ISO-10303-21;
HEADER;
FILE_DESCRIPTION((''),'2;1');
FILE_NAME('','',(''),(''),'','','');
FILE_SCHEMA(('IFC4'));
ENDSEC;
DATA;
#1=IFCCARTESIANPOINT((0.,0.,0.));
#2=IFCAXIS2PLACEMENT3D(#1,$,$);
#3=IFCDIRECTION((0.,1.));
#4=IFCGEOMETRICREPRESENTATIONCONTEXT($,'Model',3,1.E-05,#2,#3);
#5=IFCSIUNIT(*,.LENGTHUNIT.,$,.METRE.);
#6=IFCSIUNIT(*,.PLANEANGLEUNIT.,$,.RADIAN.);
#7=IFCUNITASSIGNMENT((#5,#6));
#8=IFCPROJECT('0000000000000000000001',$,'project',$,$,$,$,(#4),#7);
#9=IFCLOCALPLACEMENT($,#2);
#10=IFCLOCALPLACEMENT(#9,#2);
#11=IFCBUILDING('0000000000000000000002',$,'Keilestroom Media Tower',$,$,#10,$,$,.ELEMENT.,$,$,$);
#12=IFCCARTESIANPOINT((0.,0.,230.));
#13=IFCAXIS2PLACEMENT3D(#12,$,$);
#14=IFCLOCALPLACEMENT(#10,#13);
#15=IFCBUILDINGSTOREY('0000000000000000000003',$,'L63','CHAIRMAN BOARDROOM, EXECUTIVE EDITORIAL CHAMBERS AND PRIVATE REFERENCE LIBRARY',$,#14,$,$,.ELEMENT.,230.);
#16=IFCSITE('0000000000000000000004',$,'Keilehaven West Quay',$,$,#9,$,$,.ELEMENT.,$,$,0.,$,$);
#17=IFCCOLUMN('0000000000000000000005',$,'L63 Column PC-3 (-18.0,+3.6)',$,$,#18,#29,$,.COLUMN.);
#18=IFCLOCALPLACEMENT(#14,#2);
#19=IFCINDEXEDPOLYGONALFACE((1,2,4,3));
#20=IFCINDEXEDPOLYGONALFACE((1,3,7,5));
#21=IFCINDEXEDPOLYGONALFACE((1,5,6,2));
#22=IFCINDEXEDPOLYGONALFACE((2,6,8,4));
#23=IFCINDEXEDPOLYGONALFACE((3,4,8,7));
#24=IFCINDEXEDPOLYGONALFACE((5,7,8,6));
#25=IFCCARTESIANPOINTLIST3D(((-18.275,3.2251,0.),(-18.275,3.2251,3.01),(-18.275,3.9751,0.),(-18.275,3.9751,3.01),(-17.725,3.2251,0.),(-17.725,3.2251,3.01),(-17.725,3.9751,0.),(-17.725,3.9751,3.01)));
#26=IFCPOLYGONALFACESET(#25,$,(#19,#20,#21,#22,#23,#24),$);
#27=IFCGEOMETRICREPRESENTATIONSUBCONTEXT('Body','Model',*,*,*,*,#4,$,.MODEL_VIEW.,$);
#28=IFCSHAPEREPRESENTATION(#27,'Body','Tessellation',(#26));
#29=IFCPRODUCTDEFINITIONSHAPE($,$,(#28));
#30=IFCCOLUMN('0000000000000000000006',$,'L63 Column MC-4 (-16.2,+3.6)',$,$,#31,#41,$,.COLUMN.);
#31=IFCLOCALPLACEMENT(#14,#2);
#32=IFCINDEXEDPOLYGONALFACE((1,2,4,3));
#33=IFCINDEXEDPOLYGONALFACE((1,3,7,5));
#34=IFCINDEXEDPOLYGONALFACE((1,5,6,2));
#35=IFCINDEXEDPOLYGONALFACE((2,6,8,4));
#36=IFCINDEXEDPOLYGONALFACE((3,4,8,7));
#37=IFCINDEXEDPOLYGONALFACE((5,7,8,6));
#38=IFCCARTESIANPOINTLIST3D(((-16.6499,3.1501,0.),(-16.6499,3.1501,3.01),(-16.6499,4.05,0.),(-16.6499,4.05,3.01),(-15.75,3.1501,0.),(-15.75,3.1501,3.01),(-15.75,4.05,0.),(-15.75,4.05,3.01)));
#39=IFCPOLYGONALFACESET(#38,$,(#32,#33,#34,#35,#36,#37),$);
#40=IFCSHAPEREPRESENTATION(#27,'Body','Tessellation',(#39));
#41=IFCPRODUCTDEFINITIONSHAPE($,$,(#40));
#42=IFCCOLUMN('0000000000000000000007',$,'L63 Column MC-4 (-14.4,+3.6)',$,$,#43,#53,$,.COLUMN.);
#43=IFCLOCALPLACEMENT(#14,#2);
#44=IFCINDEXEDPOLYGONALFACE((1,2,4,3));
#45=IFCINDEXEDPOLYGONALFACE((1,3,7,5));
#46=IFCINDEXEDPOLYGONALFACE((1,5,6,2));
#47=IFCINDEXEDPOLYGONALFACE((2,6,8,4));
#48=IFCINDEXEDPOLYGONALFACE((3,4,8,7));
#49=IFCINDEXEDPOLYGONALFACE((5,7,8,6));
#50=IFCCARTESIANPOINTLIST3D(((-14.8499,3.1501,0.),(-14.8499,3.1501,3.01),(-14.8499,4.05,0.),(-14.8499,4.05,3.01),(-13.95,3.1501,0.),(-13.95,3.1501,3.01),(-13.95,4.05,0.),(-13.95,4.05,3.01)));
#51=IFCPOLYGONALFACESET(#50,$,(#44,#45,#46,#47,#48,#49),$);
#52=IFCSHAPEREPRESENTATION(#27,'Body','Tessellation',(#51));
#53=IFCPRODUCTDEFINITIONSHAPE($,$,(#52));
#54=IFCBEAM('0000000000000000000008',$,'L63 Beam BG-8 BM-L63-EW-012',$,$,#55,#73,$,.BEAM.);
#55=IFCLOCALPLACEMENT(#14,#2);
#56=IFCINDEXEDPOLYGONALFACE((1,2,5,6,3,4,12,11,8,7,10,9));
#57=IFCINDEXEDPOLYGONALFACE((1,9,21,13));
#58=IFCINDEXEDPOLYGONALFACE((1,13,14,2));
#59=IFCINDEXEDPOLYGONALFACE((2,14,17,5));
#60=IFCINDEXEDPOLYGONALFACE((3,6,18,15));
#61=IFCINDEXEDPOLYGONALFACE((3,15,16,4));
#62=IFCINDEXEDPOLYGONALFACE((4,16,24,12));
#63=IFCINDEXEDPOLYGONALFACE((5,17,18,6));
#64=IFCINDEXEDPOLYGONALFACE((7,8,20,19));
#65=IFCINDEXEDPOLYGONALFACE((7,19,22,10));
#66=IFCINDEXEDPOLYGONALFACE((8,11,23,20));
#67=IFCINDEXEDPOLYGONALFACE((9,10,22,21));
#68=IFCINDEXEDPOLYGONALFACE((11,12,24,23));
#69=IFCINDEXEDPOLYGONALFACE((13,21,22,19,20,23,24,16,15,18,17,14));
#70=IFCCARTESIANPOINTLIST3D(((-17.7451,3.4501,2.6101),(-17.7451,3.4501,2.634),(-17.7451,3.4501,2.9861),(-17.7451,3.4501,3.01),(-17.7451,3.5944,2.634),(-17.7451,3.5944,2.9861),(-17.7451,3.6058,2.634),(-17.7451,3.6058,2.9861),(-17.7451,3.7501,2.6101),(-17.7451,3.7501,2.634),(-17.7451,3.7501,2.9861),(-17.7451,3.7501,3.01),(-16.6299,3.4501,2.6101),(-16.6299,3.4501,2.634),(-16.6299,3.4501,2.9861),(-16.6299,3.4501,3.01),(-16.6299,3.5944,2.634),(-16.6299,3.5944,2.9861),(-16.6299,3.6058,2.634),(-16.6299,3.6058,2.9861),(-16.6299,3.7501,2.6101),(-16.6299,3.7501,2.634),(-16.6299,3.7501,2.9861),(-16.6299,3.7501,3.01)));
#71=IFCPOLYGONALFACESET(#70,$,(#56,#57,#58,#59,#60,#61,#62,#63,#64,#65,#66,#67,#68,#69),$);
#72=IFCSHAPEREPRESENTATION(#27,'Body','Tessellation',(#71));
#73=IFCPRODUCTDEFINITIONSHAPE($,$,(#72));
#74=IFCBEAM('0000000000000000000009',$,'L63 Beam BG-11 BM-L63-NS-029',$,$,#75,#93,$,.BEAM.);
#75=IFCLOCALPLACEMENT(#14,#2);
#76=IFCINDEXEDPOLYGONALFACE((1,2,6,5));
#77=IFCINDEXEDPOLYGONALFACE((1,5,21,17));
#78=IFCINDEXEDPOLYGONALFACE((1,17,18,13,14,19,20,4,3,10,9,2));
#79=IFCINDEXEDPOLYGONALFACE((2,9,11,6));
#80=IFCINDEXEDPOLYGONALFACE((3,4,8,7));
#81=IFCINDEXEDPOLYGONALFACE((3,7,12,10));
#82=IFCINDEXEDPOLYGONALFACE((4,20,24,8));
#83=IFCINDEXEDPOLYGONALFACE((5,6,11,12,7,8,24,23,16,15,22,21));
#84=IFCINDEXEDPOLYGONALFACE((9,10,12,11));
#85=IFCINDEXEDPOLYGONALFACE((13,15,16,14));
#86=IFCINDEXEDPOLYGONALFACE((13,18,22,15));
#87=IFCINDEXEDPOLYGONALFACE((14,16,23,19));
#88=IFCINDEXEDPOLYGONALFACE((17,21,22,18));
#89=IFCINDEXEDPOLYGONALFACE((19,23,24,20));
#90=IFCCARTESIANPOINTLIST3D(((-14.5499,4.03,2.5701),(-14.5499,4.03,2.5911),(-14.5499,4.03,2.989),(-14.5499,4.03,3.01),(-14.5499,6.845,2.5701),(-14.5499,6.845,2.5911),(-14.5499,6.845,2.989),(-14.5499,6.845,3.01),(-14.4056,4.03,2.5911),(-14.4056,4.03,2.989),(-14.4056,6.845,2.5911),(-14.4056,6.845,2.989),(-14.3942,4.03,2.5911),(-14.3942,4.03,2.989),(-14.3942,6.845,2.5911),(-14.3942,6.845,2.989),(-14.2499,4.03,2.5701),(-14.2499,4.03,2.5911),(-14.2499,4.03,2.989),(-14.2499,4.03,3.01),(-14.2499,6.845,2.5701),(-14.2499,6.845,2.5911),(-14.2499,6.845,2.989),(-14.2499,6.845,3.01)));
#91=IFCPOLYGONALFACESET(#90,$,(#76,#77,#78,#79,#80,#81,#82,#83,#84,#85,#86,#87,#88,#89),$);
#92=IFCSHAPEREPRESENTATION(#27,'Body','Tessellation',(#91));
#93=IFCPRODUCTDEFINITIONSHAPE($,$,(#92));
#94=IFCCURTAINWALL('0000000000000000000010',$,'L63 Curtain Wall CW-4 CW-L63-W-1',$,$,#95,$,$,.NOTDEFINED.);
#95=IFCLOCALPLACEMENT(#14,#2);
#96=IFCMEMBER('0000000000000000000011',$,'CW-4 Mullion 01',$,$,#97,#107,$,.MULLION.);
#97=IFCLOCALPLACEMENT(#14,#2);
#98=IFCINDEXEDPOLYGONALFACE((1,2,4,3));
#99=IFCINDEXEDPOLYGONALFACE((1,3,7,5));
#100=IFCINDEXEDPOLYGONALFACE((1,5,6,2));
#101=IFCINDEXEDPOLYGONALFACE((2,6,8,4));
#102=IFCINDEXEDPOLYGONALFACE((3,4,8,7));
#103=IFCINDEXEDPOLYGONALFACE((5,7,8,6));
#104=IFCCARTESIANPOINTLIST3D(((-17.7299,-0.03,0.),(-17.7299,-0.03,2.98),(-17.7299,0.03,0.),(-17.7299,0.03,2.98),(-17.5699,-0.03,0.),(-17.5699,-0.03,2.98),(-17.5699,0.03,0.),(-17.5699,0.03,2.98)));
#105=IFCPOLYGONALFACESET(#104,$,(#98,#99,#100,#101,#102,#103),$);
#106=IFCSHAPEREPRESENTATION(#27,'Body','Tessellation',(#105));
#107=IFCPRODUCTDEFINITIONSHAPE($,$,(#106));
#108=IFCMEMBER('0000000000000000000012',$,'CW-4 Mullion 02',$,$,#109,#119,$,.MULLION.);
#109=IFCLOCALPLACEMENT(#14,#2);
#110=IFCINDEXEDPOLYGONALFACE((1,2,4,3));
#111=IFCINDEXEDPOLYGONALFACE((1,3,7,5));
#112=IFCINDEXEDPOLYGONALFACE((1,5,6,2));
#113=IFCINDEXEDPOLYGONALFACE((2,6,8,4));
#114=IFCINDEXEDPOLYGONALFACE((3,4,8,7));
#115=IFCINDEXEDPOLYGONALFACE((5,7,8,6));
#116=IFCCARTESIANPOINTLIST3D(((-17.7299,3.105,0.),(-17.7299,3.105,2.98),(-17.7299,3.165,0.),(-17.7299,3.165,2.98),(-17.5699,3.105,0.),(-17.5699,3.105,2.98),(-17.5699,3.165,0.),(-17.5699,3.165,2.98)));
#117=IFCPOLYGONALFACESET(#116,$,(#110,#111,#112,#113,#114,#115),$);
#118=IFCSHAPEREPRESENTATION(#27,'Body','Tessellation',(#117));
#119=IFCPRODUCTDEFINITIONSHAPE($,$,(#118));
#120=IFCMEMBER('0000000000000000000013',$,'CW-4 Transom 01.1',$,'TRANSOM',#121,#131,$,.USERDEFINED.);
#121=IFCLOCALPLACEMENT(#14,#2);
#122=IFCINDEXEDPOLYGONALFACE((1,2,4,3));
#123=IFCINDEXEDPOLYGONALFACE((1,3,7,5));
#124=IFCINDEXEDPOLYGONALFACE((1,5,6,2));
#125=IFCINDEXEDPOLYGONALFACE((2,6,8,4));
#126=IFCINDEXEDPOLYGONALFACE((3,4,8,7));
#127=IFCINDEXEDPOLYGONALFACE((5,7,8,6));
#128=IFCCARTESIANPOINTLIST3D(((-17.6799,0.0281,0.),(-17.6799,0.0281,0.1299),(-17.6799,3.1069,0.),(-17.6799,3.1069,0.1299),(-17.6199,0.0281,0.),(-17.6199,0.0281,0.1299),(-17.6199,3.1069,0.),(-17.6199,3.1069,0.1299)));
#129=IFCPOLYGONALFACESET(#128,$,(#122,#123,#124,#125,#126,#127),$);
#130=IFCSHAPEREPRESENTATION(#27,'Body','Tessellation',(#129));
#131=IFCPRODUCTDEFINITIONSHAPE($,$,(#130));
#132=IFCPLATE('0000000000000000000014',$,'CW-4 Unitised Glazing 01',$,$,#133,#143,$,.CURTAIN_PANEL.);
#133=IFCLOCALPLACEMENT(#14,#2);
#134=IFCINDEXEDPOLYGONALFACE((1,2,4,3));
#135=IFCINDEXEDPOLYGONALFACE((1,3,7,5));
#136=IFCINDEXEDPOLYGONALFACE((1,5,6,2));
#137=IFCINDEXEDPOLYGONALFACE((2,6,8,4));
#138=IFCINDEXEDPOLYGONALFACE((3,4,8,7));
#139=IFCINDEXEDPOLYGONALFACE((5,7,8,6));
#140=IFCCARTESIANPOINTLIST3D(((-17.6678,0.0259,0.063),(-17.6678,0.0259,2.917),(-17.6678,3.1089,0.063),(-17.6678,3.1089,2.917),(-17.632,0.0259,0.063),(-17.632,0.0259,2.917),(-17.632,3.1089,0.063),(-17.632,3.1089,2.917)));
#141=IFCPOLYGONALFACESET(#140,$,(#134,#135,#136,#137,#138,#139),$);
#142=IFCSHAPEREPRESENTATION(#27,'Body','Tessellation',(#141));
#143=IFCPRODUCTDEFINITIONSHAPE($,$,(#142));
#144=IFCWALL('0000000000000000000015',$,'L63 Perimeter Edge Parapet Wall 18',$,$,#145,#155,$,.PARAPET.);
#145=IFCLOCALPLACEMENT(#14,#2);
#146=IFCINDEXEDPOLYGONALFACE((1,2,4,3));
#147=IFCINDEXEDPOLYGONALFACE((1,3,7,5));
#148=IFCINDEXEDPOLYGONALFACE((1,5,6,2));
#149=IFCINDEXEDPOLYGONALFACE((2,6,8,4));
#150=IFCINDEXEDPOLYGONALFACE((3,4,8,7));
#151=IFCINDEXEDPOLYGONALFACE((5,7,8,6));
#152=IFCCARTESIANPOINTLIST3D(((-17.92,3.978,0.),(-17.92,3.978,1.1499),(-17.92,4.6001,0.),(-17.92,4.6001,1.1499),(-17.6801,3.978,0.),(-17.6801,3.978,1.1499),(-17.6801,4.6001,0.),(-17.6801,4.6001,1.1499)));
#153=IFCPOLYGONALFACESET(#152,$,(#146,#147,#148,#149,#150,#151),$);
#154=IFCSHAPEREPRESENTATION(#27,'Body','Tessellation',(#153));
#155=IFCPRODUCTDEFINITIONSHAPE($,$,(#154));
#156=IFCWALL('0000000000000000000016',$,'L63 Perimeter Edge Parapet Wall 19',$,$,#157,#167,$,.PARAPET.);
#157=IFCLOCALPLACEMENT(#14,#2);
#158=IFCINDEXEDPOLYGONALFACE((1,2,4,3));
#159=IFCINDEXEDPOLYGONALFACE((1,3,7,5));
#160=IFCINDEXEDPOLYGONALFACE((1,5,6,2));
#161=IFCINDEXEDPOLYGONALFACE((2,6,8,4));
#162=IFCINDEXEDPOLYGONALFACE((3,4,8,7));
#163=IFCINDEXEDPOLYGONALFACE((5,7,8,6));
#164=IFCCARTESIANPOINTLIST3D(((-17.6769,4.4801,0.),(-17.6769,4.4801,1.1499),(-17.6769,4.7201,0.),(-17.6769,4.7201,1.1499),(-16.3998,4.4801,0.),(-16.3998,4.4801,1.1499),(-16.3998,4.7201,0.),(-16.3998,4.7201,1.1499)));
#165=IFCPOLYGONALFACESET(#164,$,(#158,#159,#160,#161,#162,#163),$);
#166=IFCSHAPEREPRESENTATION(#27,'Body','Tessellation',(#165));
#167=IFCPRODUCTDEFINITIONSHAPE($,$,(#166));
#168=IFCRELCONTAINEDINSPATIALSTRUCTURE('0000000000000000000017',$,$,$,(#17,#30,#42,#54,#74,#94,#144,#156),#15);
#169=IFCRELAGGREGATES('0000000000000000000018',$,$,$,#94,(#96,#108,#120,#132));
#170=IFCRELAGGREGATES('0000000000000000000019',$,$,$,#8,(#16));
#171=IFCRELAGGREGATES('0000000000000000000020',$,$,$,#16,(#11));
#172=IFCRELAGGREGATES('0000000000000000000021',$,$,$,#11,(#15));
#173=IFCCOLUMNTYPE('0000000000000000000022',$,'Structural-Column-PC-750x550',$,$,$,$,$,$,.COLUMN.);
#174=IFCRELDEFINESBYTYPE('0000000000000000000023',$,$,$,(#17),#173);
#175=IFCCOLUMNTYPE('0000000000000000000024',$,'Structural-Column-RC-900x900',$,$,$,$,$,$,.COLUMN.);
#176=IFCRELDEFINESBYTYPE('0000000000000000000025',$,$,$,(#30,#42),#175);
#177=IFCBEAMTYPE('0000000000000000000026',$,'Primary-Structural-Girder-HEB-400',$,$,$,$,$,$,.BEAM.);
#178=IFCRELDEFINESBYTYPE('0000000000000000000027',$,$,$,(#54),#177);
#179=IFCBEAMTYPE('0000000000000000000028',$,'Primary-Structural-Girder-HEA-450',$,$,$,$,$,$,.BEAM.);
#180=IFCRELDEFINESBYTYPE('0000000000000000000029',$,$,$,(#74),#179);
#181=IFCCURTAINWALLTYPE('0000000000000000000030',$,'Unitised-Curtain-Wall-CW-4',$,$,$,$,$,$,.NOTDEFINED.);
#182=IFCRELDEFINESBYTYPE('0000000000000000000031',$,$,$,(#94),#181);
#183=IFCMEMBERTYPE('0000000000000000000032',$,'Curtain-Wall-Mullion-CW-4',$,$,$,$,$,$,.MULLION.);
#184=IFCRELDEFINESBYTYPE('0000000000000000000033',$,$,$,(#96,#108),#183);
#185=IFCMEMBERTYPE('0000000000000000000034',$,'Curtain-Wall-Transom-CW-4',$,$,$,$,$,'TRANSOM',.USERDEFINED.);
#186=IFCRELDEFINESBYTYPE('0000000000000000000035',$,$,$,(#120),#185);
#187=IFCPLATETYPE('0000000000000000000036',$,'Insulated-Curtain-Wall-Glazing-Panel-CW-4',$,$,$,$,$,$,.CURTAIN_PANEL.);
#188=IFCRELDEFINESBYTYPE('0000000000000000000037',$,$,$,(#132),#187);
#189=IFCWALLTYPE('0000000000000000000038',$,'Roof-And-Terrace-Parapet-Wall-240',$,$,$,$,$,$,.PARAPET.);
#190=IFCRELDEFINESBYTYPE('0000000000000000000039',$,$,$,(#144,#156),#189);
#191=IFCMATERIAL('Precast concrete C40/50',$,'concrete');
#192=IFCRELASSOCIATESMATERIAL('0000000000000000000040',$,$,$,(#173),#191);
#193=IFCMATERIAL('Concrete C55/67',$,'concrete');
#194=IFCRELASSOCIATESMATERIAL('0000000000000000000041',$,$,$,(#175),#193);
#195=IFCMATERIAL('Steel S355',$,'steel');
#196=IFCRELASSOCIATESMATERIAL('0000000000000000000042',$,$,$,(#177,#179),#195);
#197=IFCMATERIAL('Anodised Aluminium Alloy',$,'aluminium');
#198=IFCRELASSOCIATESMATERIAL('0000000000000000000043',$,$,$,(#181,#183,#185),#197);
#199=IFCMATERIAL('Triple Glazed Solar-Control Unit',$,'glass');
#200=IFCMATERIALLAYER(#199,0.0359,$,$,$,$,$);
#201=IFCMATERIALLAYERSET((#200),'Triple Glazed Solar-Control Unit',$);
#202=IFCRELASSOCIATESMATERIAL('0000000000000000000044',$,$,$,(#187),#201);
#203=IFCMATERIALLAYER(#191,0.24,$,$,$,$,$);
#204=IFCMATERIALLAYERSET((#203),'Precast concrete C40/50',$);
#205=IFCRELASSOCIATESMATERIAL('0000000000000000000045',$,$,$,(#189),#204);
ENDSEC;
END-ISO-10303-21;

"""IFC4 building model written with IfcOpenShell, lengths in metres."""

from ifc_helpers import new_model, si_unit, direction, frame, frame_2d, origin, origin_2d, place, context, subcontext, project, spatial, rectangle, i_section, extrude, source, transform, mapped, material, layer, layer_set, material_profile, profile_set, type_object, element, aggregate, save


model = new_model("IFC4")

# Units and contexts
model_context = context("Model", 3, precision=1e-05, world=origin(), true_north=direction((0.0, 1.0)))
body_context = subcontext(model_context, "Body", "Model", "MODEL_VIEW")
ifc_project = project(units=[si_unit("LENGTHUNIT", "METRE"), si_unit("PLANEANGLEUNIT", "RADIAN")], contexts=[model_context])

# Site, building, storey
site_placement = place(None, origin())
site = spatial("IfcSite", under=ifc_project, at=site_placement, Name="Keilehaven West Quay", CompositionType="ELEMENT", RefElevation=0.0)
building_placement = place(site_placement, origin())
building = spatial("IfcBuilding", under=site, at=building_placement, Name="Keilestroom Media Tower", CompositionType="ELEMENT")
storey_placement = place(building_placement, frame((0.0, 0.0, 230.0)))
storey = spatial("IfcBuildingStorey", under=building, at=storey_placement, Name="L63", Description="CHAIRMAN BOARDROOM, EXECUTIVE EDITORIAL CHAMBERS AND PRIVATE REFERENCE LIBRARY", CompositionType="ELEMENT", Elevation=230.0)

# Columns
ifc_material_1 = material(Name="Precast concrete C40/50", Category="concrete")
ifc_material_profile_1 = material_profile(ifc_material_1, rectangle(XDim=0.55, YDim=0.75, at=origin_2d()), Name="PC 750x550")
ifc_profile_set_1 = profile_set([ifc_material_profile_1], Name="Precast concrete C40/50")
column_type_1 = type_object("IfcColumnType", Name="Structural-Column-PC-750x550", PredefinedType="COLUMN", material=ifc_profile_set_1)
shared_shape_1 = source(origin(), body_context, "Body", "SweptSolid", [
    extrude(rectangle(XDim=0.55, YDim=0.75, at=origin_2d()), origin(), (0.0, 0.0, 1.0), 3.01),
])
column_placement = place(storey_placement, frame((-18.0, 3.6001, 0.0), z_axis=(0.0, 0.0, 1.0), x_axis=(1.0, 0.0, 0.0)))
element("IfcColumn", 1, at=column_placement, inside=storey, type_object=column_type_1, Name="L63 Column PC-3 (-18.0,+3.6)", PredefinedType="COLUMN", context=body_context, shape_type="MappedRepresentation", body=[
    mapped(shared_shape_1, transform((0.0, 0.0, 0.0), x_axis=(1.0, 0.0, 0.0), y_axis=(0.0, 1.0, 0.0), z_axis=(0.0, 0.0, 1.0), scale=1.0)),
])
ifc_material_2 = material(Name="Concrete C55/67", Category="concrete")
ifc_material_profile_2 = material_profile(ifc_material_2, rectangle(XDim=0.8999, YDim=0.8999, at=origin_2d()), Name="RC 900x900")
ifc_profile_set_2 = profile_set([ifc_material_profile_2], Name="Concrete C55/67")
column_type_2 = type_object("IfcColumnType", Name="Structural-Column-RC-900x900", PredefinedType="COLUMN", material=ifc_profile_set_2)
shared_shape_2 = source(origin(), body_context, "Body", "SweptSolid", [
    extrude(rectangle(XDim=0.8999, YDim=0.8999, at=origin_2d()), origin(), (0.0, 0.0, 1.0), 3.01),
])
for number, where, z_axis, x_axis, name in (
    (2, (-16.2, 3.6001, 0.0), (0.0, 0.0, 1.0), (1.0, 0.0, 0.0), "L63 Column MC-4 (-16.2,+3.6)"),
    (3, (-14.3999, 3.6001, 0.0), (0.0, 0.0, 1.0), (1.0, 0.0, 0.0), "L63 Column MC-4 (-14.4,+3.6)"),
):
    element("IfcColumn", number, at=place(storey_placement, frame(where, z_axis=z_axis, x_axis=x_axis)), inside=storey, type_object=column_type_2, Name=name, PredefinedType="COLUMN", context=body_context, shape_type="MappedRepresentation", body=[
        mapped(shared_shape_2, transform((0.0, 0.0, 0.0), x_axis=(1.0, 0.0, 0.0), y_axis=(0.0, 1.0, 0.0), z_axis=(0.0, 0.0, 1.0), scale=1.0)),
    ])

# Beams
ifc_material_3 = material(Name="Steel S355", Category="steel")
ifc_material_profile_3 = material_profile(ifc_material_3, i_section(OverallWidth=0.3, OverallDepth=0.3999, WebThickness=0.0115, FlangeThickness=0.0239, at=origin_2d()), Name="HEB 400")
ifc_profile_set_3 = profile_set([ifc_material_profile_3], Name="Steel S355")
beam_type_1 = type_object("IfcBeamType", Name="Primary-Structural-Girder-HEB-400", PredefinedType="BEAM", material=ifc_profile_set_3)
shared_shape_3 = source(origin(), body_context, "Body", "SweptSolid", [
    extrude(i_section(OverallWidth=0.3, OverallDepth=0.3999, WebThickness=0.0115, FlangeThickness=0.0239, at=origin_2d()), origin(), (0.0, 0.0, 1.0), 1.1152),
])
beam_1_placement = place(storey_placement, frame((-17.7451, 3.6001, 2.8101), z_axis=(1.0, 0.0, 0.0), x_axis=(0.0, 1.0, 0.0)))
element("IfcBeam", 4, at=beam_1_placement, inside=storey, type_object=beam_type_1, Name="L63 Beam BG-8 BM-L63-EW-012", PredefinedType="BEAM", context=body_context, shape_type="MappedRepresentation", body=[
    mapped(shared_shape_3, transform((0.0, 0.0, 0.0), x_axis=(1.0, 0.0, 0.0), y_axis=(0.0, 1.0, 0.0), z_axis=(0.0, 0.0, 1.0), scale=1.0)),
])
ifc_material_profile_4 = material_profile(ifc_material_3, i_section(OverallWidth=0.3, OverallDepth=0.4399, WebThickness=0.0115, FlangeThickness=0.021, at=origin_2d()), Name="HEA 450")
ifc_profile_set_4 = profile_set([ifc_material_profile_4], Name="Steel S355")
beam_type_2 = type_object("IfcBeamType", Name="Primary-Structural-Girder-HEA-450", PredefinedType="BEAM", material=ifc_profile_set_4)
shared_shape_4 = source(origin(), body_context, "Body", "SweptSolid", [
    extrude(i_section(OverallWidth=0.3, OverallDepth=0.4399, WebThickness=0.0115, FlangeThickness=0.021, at=origin_2d()), origin(), (0.0, 0.0, 1.0), 2.8149),
])
beam_2_placement = place(storey_placement, frame((-14.3999, 4.03, 2.79), z_axis=(0.0, 1.0, 0.0), x_axis=(-1.0, 0.0, 0.0)))
element("IfcBeam", 5, at=beam_2_placement, inside=storey, type_object=beam_type_2, Name="L63 Beam BG-11 BM-L63-NS-029", PredefinedType="BEAM", context=body_context, shape_type="MappedRepresentation", body=[
    mapped(shared_shape_4, transform((0.0, 0.0, 0.0), x_axis=(1.0, 0.0, 0.0), y_axis=(0.0, 1.0, 0.0), z_axis=(0.0, 0.0, 1.0), scale=1.0)),
])

# Curtain wall, members, plate
ifc_material_4 = material(Name="Anodised Aluminium Alloy", Category="aluminium")
curtain_wall_type = type_object("IfcCurtainWallType", Name="Unitised-Curtain-Wall-CW-4", PredefinedType="NOTDEFINED", material=ifc_material_4)
curtain_wall_placement = place(storey_placement, origin())
curtain_wall = element("IfcCurtainWall", 6, at=curtain_wall_placement, inside=storey, type_object=curtain_wall_type, Name="L63 Curtain Wall CW-4 CW-L63-W-1", PredefinedType="NOTDEFINED")
ifc_material_profile_5 = material_profile(ifc_material_4, rectangle(XDim=0.0601, YDim=0.1599, at=origin_2d()), Name="ALU MULLION 60x160")
ifc_profile_set_5 = profile_set([ifc_material_profile_5], Name="Anodised Aluminium Alloy")
member_type_1 = type_object("IfcMemberType", Name="Curtain-Wall-Mullion-CW-4", PredefinedType="MULLION", material=ifc_profile_set_5)
shared_shape_5 = source(origin(), body_context, "Body", "SweptSolid", [
    extrude(rectangle(XDim=0.0601, YDim=0.1599, at=origin_2d()), origin(), (0.0, 0.0, 1.0), 2.98),
])
member_1_placement = place(storey_placement, frame((-17.6499, 0.0, 0.0), z_axis=(0.0, 0.0, 1.0), x_axis=(0.0, 1.0, 0.0)))
member_1 = element("IfcMember", 7, at=member_1_placement, type_object=member_type_1, Name="CW-4 Mullion 01", PredefinedType="MULLION", context=body_context, shape_type="MappedRepresentation", body=[
    mapped(shared_shape_5, transform((0.0, 0.0, 0.0), x_axis=(1.0, 0.0, 0.0), y_axis=(0.0, 1.0, 0.0), z_axis=(0.0, 0.0, 1.0), scale=1.0)),
])
member_2_placement = place(storey_placement, frame((-17.6499, 3.135, 0.0), z_axis=(0.0, 0.0, 1.0), x_axis=(0.0, 1.0, 0.0)))
member_2 = element("IfcMember", 8, at=member_2_placement, type_object=member_type_1, Name="CW-4 Mullion 02", PredefinedType="MULLION", context=body_context, shape_type="MappedRepresentation", body=[
    mapped(shared_shape_5, transform((0.0, 0.0, 0.0), x_axis=(1.0, 0.0, 0.0), y_axis=(0.0, 1.0, 0.0), z_axis=(0.0, 0.0, 1.0), scale=1.0)),
])
ifc_material_profile_6 = material_profile(ifc_material_4, rectangle(XDim=0.0601, YDim=0.1299, at=origin_2d()), Name="ALU TRANSOM 60x130")
ifc_profile_set_6 = profile_set([ifc_material_profile_6], Name="Anodised Aluminium Alloy")
member_type_2 = type_object("IfcMemberType", Name="Curtain-Wall-Transom-CW-4", ElementType="TRANSOM", PredefinedType="USERDEFINED", material=ifc_profile_set_6)
shared_shape_6 = source(origin(), body_context, "Body", "SweptSolid", [
    extrude(rectangle(XDim=0.0601, YDim=0.1299, at=origin_2d()), origin(), (0.0, 0.0, 1.0), 3.0789),
])
member_3_placement = place(storey_placement, frame((-17.6499, 0.0281, 0.0649), z_axis=(0.0, 1.0, 0.0), x_axis=(-1.0, 0.0, 0.0)))
member_3 = element("IfcMember", 9, at=member_3_placement, type_object=member_type_2, Name="CW-4 Transom 01.1", ObjectType="TRANSOM", PredefinedType="USERDEFINED", context=body_context, shape_type="MappedRepresentation", body=[
    mapped(shared_shape_6, transform((0.0, 0.0, 0.0), x_axis=(1.0, 0.0, 0.0), y_axis=(0.0, 1.0, 0.0), z_axis=(0.0, 0.0, 1.0), scale=1.0)),
])
ifc_material_5 = material(Name="Triple Glazed Solar-Control Unit", Category="glass")
ifc_layer_1 = layer(ifc_material_5, 0.0359)
ifc_layer_set_1 = layer_set([ifc_layer_1], Name="Triple Glazed Solar-Control Unit")
plate_type = type_object("IfcPlateType", Name="Insulated-Curtain-Wall-Glazing-Panel-CW-4", PredefinedType="CURTAIN_PANEL", material=ifc_layer_set_1)
shared_shape_7 = source(origin(), body_context, "Body", "SweptSolid", [
    extrude(rectangle(XDim=3.083, YDim=0.0359, at=origin_2d()), origin(), (0.0, 0.0, 1.0), 2.854),
])
plate_placement = place(storey_placement, frame((-17.6499, 1.5674, 0.063), z_axis=(0.0, 0.0, 1.0), x_axis=(0.0, 1.0, 0.0)))
plate = element("IfcPlate", 10, at=plate_placement, type_object=plate_type, Name="CW-4 Unitised Glazing 01", PredefinedType="CURTAIN_PANEL", context=body_context, shape_type="MappedRepresentation", body=[
    mapped(shared_shape_7, transform((0.0, 0.0, 0.0), x_axis=(1.0, 0.0, 0.0), y_axis=(0.0, 1.0, 0.0), z_axis=(0.0, 0.0, 1.0), scale=1.0)),
])
aggregate(curtain_wall, [member_1, member_2, member_3, plate])

# Walls
ifc_layer_2 = layer(ifc_material_1, 0.24)
ifc_layer_set_2 = layer_set([ifc_layer_2], Name="Precast concrete C40/50")
wall_type = type_object("IfcWallType", Name="Roof-And-Terrace-Parapet-Wall-240", PredefinedType="PARAPET", material=ifc_layer_set_2)
wall_1_placement = place(storey_placement, frame((-17.8, 3.978, 0.0), z_axis=(0.0, 0.0, 1.0), x_axis=(0.0, 1.0, 0.0)))
element("IfcWall", 11, at=wall_1_placement, inside=storey, type_object=wall_type, Name="L63 Perimeter Edge Parapet Wall 18", PredefinedType="PARAPET", context=body_context, shape_type="SweptSolid", body=[
    extrude(rectangle(XDim=0.6221, YDim=0.24, at=frame_2d((0.311, 0.0))), origin(), (0.0, 0.0, 1.0), 1.1499),
])
wall_2_placement = place(storey_placement, frame((-17.677, 4.6001, 0.0), z_axis=(0.0, 0.0, 1.0), x_axis=(1.0, 0.0, 0.0)))
element("IfcWall", 12, at=wall_2_placement, inside=storey, type_object=wall_type, Name="L63 Perimeter Edge Parapet Wall 19", PredefinedType="PARAPET", context=body_context, shape_type="SweptSolid", body=[
    extrude(rectangle(XDim=1.2771, YDim=0.24, at=frame_2d((0.6387, 0.0))), origin(), (0.0, 0.0, 1.0), 1.1499),
])

save(model, "model.ifc")
